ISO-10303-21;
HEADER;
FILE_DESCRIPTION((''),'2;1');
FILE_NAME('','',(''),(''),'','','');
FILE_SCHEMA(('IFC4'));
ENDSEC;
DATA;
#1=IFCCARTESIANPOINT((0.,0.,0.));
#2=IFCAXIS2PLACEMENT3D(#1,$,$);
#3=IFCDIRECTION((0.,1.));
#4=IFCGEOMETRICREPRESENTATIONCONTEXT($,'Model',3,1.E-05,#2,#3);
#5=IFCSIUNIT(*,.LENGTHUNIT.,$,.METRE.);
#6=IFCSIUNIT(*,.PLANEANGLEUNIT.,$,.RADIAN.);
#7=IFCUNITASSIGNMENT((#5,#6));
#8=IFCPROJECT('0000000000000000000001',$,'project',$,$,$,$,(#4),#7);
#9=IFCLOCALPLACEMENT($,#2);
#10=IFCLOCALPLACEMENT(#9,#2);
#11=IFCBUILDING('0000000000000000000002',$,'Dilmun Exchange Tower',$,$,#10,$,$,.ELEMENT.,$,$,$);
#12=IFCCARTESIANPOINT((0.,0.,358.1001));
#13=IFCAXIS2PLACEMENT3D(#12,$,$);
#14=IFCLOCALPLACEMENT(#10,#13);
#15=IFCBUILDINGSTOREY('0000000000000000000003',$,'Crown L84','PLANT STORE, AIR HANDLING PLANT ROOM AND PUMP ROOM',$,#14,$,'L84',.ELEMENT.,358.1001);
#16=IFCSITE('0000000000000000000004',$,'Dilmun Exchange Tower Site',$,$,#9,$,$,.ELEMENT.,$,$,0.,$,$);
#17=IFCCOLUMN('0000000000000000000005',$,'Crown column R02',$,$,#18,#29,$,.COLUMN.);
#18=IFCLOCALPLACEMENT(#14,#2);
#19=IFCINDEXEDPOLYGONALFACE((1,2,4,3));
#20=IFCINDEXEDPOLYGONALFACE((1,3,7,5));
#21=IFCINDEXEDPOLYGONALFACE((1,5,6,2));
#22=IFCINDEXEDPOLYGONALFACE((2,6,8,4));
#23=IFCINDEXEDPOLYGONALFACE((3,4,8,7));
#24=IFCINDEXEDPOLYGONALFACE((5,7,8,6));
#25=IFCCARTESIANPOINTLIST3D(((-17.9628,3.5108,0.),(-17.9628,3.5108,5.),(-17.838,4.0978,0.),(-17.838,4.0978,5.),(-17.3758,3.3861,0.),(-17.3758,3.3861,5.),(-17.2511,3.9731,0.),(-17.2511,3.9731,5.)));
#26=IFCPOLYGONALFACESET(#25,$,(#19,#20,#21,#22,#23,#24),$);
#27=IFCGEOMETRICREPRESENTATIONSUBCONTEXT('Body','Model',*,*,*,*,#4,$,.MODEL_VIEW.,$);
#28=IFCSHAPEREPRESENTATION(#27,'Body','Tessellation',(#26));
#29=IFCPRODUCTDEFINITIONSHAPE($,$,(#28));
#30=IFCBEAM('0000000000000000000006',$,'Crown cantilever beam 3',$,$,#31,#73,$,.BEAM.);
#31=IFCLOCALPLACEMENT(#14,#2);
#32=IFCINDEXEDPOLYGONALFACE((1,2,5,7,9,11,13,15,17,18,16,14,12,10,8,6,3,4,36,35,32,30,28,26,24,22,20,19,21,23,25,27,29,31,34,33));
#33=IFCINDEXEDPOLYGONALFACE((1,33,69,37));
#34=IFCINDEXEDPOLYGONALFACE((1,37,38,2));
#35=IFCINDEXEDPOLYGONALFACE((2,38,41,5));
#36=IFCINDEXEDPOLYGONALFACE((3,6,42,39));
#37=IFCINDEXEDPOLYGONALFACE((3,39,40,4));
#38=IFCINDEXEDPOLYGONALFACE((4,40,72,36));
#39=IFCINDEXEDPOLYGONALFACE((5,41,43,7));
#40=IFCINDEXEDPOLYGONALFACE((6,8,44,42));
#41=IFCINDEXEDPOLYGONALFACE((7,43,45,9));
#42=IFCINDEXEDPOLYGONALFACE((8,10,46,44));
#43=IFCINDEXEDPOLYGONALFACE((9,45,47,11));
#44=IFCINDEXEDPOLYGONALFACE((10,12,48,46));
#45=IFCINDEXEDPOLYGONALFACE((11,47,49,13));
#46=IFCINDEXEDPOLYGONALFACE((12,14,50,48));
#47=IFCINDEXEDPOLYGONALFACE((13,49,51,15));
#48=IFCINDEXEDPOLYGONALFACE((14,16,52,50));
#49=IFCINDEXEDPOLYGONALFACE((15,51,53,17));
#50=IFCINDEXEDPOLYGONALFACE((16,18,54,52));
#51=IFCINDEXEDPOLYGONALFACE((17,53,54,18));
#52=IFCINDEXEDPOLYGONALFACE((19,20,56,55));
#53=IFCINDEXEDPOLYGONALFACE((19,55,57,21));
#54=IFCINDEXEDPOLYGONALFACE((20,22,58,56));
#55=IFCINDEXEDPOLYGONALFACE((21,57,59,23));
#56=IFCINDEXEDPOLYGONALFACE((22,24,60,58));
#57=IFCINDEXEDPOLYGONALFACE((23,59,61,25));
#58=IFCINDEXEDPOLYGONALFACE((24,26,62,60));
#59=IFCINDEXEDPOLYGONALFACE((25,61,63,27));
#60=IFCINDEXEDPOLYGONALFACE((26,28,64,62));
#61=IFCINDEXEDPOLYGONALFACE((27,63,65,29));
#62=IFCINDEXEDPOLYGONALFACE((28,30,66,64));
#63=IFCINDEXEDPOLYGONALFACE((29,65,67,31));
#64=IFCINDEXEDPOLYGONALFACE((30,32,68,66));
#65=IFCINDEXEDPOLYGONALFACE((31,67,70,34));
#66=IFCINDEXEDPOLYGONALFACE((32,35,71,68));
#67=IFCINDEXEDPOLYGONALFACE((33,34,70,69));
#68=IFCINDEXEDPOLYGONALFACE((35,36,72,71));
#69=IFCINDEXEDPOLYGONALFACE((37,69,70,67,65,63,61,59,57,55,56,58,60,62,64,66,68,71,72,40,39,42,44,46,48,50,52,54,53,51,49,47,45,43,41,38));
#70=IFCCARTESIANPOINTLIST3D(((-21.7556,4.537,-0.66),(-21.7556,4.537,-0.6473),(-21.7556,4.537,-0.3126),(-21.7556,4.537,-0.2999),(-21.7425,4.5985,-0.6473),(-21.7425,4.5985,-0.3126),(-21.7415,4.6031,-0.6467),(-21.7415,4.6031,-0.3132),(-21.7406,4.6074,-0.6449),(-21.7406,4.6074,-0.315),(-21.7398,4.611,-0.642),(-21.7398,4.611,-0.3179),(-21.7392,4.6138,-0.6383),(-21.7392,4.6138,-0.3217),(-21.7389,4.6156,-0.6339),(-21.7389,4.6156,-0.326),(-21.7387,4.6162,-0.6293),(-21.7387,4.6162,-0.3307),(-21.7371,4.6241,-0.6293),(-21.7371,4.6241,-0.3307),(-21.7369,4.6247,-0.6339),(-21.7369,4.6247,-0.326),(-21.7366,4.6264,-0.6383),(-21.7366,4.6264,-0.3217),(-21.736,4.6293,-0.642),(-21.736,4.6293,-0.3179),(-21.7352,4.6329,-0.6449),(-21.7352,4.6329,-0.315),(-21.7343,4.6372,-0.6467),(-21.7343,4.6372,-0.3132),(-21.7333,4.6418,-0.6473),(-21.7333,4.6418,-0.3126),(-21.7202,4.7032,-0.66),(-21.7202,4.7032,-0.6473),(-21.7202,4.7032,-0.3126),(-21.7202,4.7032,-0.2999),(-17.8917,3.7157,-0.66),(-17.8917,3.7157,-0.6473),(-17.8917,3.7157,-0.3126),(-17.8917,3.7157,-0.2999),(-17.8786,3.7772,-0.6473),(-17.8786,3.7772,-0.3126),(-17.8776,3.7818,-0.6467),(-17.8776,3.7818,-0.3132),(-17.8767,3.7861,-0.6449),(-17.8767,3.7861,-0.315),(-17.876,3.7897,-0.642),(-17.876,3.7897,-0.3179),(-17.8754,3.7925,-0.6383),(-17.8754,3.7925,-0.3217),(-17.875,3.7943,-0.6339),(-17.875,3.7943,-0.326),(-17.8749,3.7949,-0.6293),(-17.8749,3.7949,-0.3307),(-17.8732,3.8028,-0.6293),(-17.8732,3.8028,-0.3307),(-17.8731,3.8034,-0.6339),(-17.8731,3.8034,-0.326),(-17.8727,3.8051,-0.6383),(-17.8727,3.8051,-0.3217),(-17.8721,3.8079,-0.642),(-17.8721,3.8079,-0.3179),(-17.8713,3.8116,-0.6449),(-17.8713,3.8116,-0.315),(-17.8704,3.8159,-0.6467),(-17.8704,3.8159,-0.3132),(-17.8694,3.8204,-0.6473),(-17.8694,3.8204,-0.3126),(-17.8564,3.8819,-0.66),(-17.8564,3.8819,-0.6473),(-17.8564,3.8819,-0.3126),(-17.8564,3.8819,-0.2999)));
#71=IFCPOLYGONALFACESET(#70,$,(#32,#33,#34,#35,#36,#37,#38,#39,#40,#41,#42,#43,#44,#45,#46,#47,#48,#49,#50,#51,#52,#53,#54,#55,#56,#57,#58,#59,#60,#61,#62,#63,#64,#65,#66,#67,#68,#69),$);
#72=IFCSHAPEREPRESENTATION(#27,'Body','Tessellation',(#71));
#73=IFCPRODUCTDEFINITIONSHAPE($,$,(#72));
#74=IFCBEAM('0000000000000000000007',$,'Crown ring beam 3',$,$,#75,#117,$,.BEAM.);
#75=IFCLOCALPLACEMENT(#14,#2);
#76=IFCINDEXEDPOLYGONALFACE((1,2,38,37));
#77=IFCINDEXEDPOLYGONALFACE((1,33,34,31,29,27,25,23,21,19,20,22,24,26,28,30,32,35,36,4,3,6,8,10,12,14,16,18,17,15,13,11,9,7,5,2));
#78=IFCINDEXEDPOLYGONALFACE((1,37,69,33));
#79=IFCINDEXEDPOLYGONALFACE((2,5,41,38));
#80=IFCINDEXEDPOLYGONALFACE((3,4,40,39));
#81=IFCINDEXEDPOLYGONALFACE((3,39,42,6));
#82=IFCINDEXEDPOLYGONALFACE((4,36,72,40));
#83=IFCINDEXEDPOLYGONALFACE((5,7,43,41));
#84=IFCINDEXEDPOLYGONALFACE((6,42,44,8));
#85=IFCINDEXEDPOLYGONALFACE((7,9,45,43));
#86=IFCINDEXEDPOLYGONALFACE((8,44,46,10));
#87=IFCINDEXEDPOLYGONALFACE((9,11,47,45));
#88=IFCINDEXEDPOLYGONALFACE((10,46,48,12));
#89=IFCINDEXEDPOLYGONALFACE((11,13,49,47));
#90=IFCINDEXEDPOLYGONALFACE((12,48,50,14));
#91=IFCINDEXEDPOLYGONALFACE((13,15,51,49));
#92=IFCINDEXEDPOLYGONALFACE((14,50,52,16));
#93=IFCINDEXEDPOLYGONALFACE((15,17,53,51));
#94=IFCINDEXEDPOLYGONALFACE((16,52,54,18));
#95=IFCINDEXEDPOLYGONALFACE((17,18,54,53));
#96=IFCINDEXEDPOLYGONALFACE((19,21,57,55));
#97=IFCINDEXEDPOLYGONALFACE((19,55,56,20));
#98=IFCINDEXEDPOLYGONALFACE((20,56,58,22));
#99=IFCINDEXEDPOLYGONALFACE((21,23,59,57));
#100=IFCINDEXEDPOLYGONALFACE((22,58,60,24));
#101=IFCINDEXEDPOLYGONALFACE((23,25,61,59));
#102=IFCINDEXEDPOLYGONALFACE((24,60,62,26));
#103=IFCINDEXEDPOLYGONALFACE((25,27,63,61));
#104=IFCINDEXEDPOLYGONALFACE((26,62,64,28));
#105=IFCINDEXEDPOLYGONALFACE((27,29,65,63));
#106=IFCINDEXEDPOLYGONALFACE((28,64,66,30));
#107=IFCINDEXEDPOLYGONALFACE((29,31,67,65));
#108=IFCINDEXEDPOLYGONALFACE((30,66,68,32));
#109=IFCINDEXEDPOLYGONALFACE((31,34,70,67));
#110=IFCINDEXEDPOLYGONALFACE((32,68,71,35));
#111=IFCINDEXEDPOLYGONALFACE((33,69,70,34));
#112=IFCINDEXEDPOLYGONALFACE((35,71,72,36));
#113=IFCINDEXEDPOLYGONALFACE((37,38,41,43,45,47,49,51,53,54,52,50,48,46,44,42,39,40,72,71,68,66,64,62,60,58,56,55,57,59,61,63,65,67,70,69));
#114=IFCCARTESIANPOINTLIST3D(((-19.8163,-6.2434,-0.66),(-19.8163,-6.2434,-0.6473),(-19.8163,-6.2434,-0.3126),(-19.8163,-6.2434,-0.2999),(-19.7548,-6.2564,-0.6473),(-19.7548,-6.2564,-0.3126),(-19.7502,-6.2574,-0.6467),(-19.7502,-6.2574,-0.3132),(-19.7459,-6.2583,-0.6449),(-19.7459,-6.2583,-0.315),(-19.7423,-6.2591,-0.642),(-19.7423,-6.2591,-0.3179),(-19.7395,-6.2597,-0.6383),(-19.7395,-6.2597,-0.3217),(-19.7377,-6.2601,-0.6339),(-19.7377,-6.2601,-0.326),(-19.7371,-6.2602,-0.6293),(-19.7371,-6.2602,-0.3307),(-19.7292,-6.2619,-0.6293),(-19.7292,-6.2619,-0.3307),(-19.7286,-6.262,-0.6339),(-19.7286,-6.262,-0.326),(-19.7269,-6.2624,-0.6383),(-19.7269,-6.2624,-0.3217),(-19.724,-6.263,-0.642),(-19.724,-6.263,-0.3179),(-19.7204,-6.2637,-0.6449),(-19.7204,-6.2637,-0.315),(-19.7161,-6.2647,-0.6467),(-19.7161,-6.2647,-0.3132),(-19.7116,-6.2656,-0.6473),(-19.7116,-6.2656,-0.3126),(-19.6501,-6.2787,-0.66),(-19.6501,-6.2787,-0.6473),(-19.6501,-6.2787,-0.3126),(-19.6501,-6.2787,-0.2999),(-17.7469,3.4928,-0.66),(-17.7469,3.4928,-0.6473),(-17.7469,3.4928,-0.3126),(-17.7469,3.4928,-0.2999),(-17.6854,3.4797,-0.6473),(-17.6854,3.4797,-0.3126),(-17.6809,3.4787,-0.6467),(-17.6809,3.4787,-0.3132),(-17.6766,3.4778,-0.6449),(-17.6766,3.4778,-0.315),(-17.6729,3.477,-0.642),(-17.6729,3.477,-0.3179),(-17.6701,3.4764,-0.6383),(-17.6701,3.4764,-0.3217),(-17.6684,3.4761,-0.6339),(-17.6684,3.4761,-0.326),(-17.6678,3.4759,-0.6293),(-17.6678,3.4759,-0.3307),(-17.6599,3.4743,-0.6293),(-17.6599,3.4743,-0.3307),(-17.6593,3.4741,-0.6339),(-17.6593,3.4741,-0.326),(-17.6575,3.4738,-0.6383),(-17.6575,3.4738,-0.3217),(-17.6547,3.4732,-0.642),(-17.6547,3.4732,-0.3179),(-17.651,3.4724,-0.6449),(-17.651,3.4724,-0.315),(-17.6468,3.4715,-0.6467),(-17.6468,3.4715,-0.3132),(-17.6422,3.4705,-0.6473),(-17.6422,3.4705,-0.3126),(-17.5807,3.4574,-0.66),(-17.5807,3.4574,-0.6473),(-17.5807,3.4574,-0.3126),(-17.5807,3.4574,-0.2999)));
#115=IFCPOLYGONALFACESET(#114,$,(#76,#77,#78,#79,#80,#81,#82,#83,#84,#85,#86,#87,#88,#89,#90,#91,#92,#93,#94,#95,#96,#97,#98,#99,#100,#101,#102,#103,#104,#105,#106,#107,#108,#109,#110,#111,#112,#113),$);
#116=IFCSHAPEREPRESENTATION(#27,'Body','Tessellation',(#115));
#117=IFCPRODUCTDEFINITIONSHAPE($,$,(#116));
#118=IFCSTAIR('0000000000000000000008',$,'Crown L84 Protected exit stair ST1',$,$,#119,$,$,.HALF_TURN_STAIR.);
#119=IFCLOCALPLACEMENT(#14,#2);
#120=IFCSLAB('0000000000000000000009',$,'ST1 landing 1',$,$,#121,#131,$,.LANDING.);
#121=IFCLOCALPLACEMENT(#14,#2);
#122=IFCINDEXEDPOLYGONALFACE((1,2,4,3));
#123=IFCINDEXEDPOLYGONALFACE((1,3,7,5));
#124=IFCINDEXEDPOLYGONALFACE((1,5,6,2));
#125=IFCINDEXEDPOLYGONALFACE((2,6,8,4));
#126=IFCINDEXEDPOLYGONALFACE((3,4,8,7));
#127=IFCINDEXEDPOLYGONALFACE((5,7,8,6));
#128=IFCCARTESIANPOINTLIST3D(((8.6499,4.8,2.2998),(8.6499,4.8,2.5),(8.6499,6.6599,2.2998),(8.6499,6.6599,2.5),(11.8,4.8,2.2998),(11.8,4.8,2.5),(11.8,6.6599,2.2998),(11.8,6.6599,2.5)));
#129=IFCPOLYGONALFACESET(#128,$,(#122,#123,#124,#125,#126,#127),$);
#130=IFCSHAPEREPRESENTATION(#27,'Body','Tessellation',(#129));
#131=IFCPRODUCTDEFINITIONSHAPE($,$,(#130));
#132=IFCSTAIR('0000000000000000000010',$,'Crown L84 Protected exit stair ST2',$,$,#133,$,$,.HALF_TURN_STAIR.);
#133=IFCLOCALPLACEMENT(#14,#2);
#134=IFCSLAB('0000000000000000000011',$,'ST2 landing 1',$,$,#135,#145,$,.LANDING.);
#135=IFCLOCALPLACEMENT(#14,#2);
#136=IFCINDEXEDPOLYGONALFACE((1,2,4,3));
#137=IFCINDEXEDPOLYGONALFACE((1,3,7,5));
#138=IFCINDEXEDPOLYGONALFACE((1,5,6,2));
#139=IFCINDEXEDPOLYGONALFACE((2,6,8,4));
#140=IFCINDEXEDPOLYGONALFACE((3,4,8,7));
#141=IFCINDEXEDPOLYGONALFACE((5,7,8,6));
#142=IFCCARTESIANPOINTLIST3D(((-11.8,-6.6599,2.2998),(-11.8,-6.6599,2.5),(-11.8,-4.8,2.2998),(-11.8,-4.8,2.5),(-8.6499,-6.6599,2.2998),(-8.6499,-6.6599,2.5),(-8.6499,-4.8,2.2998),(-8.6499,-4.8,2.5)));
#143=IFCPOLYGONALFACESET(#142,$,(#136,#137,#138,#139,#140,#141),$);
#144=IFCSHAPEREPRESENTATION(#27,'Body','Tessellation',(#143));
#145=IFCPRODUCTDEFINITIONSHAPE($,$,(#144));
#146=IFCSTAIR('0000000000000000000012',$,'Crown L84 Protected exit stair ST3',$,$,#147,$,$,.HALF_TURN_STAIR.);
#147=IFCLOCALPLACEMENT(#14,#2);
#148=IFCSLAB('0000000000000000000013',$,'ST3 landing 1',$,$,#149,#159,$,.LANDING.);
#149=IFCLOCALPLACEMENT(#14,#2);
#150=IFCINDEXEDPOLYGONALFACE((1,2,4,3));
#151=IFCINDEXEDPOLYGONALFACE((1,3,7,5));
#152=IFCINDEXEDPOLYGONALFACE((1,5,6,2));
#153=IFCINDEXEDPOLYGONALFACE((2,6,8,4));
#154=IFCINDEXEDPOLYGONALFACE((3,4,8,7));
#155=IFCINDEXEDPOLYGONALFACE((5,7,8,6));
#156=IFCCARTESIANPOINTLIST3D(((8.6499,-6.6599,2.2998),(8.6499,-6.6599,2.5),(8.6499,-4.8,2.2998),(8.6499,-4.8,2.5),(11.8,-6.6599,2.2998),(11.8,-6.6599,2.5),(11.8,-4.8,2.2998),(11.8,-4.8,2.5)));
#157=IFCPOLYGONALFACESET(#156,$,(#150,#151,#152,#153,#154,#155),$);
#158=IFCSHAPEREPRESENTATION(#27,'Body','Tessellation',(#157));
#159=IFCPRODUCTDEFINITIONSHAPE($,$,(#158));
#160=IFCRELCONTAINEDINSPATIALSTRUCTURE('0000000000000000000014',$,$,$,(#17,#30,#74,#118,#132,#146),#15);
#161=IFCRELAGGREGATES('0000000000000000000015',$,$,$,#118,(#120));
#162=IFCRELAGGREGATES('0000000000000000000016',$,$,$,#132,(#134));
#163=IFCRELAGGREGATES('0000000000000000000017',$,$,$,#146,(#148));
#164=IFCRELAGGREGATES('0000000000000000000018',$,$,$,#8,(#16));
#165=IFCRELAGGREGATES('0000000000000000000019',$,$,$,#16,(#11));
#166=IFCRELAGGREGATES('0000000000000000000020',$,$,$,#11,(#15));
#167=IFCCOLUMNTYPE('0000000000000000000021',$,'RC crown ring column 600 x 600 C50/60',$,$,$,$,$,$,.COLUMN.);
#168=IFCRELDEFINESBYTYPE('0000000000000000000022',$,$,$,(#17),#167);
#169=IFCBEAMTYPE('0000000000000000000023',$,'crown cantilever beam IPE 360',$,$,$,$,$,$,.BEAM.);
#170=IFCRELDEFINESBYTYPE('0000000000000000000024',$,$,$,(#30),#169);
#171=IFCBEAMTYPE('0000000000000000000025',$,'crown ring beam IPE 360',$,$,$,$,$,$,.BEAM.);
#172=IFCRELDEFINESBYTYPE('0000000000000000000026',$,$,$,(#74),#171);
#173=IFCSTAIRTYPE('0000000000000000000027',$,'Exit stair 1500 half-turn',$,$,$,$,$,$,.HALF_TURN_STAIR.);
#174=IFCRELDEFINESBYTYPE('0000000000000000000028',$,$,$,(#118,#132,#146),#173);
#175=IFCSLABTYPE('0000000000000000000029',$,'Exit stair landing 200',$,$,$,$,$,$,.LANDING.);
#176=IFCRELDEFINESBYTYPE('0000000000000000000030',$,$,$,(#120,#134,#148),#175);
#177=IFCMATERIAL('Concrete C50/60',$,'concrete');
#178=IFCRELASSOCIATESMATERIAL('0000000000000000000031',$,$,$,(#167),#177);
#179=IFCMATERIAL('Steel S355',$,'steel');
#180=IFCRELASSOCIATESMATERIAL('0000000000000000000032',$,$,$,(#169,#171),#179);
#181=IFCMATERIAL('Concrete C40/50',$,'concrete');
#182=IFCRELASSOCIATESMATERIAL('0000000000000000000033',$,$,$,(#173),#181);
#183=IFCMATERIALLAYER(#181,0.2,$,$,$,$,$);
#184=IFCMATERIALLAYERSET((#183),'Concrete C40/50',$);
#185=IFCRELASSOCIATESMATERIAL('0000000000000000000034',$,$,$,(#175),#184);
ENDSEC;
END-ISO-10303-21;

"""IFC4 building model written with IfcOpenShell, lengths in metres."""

from ifc_helpers import new_model, si_unit, direction, frame, origin, origin_2d, place, context, subcontext, project, spatial, polyline, rectangle, i_section, outline, extrude, material, layer, layer_set, material_profile, profile_set, type_object, element, aggregate, save


model = new_model("IFC4")

# Units and contexts
model_context = context("Model", 3, precision=1e-05, world=origin(), true_north=direction((0.0, 1.0)))
body_context = subcontext(model_context, "Body", "Model", "MODEL_VIEW")
ifc_project = project(units=[si_unit("LENGTHUNIT", "METRE"), si_unit("PLANEANGLEUNIT", "RADIAN")], contexts=[model_context])

# Site, building, storey
site_placement = place(None, origin())
site = spatial("IfcSite", under=ifc_project, at=site_placement, Name="Dilmun Exchange Tower Site", CompositionType="ELEMENT", RefElevation=0.0)
building_placement = place(site_placement, origin())
building = spatial("IfcBuilding", under=site, at=building_placement, Name="Dilmun Exchange Tower", CompositionType="ELEMENT")
storey_placement = place(building_placement, frame((0.0, 0.0, 358.1001)))
storey = spatial("IfcBuildingStorey", under=building, at=storey_placement, Name="Crown L84", Description="PLANT STORE, AIR HANDLING PLANT ROOM AND PUMP ROOM", LongName="L84", CompositionType="ELEMENT", Elevation=358.1001)

# Column
ifc_material_1 = material(Name="Concrete C50/60", Category="concrete")
ifc_material_profile_1 = material_profile(ifc_material_1, rectangle(XDim=0.6001, YDim=0.6001, at=origin_2d()), Name="600 x 600")
ifc_profile_set_1 = profile_set([ifc_material_profile_1], Name="Concrete C50/60")
column_type = type_object("IfcColumnType", Name="RC crown ring column 600 x 600 C50/60", PredefinedType="COLUMN", material=ifc_profile_set_1)
column_placement = place(storey_placement, frame((-17.6069, 3.7419, 0.0), z_axis=(0.0, 0.0, 1.0), x_axis=(0.207912, 0.978148, 0.0)))
element("IfcColumn", 1, at=column_placement, inside=storey, type_object=column_type, Name="Crown column R02", PredefinedType="COLUMN", context=body_context, shape_type="SweptSolid", body=[
    extrude(rectangle(XDim=0.6001, YDim=0.6001, at=origin_2d()), origin(), (0.0, 0.0, 1.0), 5.0),
])

# Beams
ifc_material_2 = material(Name="Steel S355", Category="steel")
ifc_material_profile_2 = material_profile(ifc_material_2, i_section(OverallWidth=0.1699, OverallDepth=0.3601, WebThickness=0.0081, FlangeThickness=0.0127, FilletRadius=0.0181, at=origin_2d()), Name="IPE 360")
ifc_profile_set_2 = profile_set([ifc_material_profile_2], Name="Steel S355")
beam_type_1 = type_object("IfcBeamType", Name="crown cantilever beam IPE 360", PredefinedType="BEAM", material=ifc_profile_set_2)
beam_1_placement = place(storey_placement, frame((-17.874, 3.7988, -0.48), z_axis=(-0.978147, 0.207916, 0.0), x_axis=(-0.207916, -0.978147, 0.0)))
element("IfcBeam", 2, at=beam_1_placement, inside=storey, type_object=beam_type_1, Name="Crown cantilever beam 3", PredefinedType="BEAM", context=body_context, shape_type="SweptSolid", body=[
    extrude(i_section(OverallWidth=0.1699, OverallDepth=0.3601, WebThickness=0.0081, FlangeThickness=0.0127, FilletRadius=0.0181, at=origin_2d()), origin(), (0.0, 0.0, 1.0), 3.9502),
])
ifc_material_profile_3 = material_profile(ifc_material_2, i_section(OverallWidth=0.1699, OverallDepth=0.3601, WebThickness=0.0081, FlangeThickness=0.0127, FilletRadius=0.0181, at=origin_2d()), Name="IPE 360")
ifc_profile_set_3 = profile_set([ifc_material_profile_3], Name="Steel S355")
beam_type_2 = type_object("IfcBeamType", Name="crown ring beam IPE 360", PredefinedType="BEAM", material=ifc_profile_set_3)
beam_2_placement = place(storey_placement, frame((-17.6638, 3.4751, -0.48), z_axis=(-0.207899, -0.97815, 0.0), x_axis=(0.97815, -0.207899, 0.0)))
element("IfcBeam", 3, at=beam_2_placement, inside=storey, type_object=beam_type_2, Name="Crown ring beam 3", PredefinedType="BEAM", context=body_context, shape_type="SweptSolid", body=[
    extrude(i_section(OverallWidth=0.1699, OverallDepth=0.3601, WebThickness=0.0081, FlangeThickness=0.0127, FilletRadius=0.0181, at=origin_2d()), origin(), (0.0, 0.0, 1.0), 9.9536),
])

# Stairs, slabs
ifc_material_3 = material(Name="Concrete C40/50", Category="concrete")
stair_type = type_object("IfcStairType", Name="Exit stair 1500 half-turn", PredefinedType="HALF_TURN_STAIR", material=ifc_material_3)
stair_1_placement = place(storey_placement, origin())
stair_1 = element("IfcStair", 4, at=stair_1_placement, inside=storey, type_object=stair_type, Name="Crown L84 Protected exit stair ST1", PredefinedType="HALF_TURN_STAIR")
ifc_layer_1 = layer(ifc_material_3, 0.2)
ifc_layer_set_1 = layer_set([ifc_layer_1], Name="Concrete C40/50")
slab_type_1 = type_object("IfcSlabType", Name="Exit stair landing 200", PredefinedType="LANDING", material=ifc_layer_set_1)
slab_1_placement = place(storey_placement, frame((0.0, 0.0, 2.2998)))
slab_1 = element("IfcSlab", 5, at=slab_1_placement, type_object=slab_type_1, Name="ST1 landing 1", PredefinedType="LANDING", context=body_context, shape_type="SweptSolid", body=[
    extrude(outline(polyline([(8.6499, 6.6599), (8.6499, 4.8), (11.8, 4.8), (11.8, 6.6599), (8.6499, 6.6599)])), origin(), (0.0, 0.0, 1.0), 0.2002),
])
aggregate(stair_1, [slab_1])
stair_2_placement = place(storey_placement, origin())
stair_2 = element("IfcStair", 6, at=stair_2_placement, inside=storey, type_object=stair_type, Name="Crown L84 Protected exit stair ST2", PredefinedType="HALF_TURN_STAIR")
slab_2_placement = place(storey_placement, frame((0.0, 0.0, 2.2998)))
slab_2 = element("IfcSlab", 7, at=slab_2_placement, type_object=slab_type_1, Name="ST2 landing 1", PredefinedType="LANDING", context=body_context, shape_type="SweptSolid", body=[
    extrude(outline(polyline([(-8.6499, -6.6599), (-8.6499, -4.8), (-11.8, -4.8), (-11.8, -6.6599), (-8.6499, -6.6599)])), origin(), (0.0, 0.0, 1.0), 0.2002),
])
aggregate(stair_2, [slab_2])
stair_3_placement = place(storey_placement, origin())
stair_3 = element("IfcStair", 8, at=stair_3_placement, inside=storey, type_object=stair_type, Name="Crown L84 Protected exit stair ST3", PredefinedType="HALF_TURN_STAIR")
slab_3_placement = place(storey_placement, frame((0.0, 0.0, 2.2998)))
slab_3 = element("IfcSlab", 9, at=slab_3_placement, type_object=slab_type_1, Name="ST3 landing 1", PredefinedType="LANDING", context=body_context, shape_type="SweptSolid", body=[
    extrude(outline(polyline([(11.8, -6.6599), (11.8, -4.8), (8.6499, -4.8), (8.6499, -6.6599), (11.8, -6.6599)])), origin(), (0.0, 0.0, 1.0), 0.2002),
])
aggregate(stair_3, [slab_3])

save(model, "model.ifc")
